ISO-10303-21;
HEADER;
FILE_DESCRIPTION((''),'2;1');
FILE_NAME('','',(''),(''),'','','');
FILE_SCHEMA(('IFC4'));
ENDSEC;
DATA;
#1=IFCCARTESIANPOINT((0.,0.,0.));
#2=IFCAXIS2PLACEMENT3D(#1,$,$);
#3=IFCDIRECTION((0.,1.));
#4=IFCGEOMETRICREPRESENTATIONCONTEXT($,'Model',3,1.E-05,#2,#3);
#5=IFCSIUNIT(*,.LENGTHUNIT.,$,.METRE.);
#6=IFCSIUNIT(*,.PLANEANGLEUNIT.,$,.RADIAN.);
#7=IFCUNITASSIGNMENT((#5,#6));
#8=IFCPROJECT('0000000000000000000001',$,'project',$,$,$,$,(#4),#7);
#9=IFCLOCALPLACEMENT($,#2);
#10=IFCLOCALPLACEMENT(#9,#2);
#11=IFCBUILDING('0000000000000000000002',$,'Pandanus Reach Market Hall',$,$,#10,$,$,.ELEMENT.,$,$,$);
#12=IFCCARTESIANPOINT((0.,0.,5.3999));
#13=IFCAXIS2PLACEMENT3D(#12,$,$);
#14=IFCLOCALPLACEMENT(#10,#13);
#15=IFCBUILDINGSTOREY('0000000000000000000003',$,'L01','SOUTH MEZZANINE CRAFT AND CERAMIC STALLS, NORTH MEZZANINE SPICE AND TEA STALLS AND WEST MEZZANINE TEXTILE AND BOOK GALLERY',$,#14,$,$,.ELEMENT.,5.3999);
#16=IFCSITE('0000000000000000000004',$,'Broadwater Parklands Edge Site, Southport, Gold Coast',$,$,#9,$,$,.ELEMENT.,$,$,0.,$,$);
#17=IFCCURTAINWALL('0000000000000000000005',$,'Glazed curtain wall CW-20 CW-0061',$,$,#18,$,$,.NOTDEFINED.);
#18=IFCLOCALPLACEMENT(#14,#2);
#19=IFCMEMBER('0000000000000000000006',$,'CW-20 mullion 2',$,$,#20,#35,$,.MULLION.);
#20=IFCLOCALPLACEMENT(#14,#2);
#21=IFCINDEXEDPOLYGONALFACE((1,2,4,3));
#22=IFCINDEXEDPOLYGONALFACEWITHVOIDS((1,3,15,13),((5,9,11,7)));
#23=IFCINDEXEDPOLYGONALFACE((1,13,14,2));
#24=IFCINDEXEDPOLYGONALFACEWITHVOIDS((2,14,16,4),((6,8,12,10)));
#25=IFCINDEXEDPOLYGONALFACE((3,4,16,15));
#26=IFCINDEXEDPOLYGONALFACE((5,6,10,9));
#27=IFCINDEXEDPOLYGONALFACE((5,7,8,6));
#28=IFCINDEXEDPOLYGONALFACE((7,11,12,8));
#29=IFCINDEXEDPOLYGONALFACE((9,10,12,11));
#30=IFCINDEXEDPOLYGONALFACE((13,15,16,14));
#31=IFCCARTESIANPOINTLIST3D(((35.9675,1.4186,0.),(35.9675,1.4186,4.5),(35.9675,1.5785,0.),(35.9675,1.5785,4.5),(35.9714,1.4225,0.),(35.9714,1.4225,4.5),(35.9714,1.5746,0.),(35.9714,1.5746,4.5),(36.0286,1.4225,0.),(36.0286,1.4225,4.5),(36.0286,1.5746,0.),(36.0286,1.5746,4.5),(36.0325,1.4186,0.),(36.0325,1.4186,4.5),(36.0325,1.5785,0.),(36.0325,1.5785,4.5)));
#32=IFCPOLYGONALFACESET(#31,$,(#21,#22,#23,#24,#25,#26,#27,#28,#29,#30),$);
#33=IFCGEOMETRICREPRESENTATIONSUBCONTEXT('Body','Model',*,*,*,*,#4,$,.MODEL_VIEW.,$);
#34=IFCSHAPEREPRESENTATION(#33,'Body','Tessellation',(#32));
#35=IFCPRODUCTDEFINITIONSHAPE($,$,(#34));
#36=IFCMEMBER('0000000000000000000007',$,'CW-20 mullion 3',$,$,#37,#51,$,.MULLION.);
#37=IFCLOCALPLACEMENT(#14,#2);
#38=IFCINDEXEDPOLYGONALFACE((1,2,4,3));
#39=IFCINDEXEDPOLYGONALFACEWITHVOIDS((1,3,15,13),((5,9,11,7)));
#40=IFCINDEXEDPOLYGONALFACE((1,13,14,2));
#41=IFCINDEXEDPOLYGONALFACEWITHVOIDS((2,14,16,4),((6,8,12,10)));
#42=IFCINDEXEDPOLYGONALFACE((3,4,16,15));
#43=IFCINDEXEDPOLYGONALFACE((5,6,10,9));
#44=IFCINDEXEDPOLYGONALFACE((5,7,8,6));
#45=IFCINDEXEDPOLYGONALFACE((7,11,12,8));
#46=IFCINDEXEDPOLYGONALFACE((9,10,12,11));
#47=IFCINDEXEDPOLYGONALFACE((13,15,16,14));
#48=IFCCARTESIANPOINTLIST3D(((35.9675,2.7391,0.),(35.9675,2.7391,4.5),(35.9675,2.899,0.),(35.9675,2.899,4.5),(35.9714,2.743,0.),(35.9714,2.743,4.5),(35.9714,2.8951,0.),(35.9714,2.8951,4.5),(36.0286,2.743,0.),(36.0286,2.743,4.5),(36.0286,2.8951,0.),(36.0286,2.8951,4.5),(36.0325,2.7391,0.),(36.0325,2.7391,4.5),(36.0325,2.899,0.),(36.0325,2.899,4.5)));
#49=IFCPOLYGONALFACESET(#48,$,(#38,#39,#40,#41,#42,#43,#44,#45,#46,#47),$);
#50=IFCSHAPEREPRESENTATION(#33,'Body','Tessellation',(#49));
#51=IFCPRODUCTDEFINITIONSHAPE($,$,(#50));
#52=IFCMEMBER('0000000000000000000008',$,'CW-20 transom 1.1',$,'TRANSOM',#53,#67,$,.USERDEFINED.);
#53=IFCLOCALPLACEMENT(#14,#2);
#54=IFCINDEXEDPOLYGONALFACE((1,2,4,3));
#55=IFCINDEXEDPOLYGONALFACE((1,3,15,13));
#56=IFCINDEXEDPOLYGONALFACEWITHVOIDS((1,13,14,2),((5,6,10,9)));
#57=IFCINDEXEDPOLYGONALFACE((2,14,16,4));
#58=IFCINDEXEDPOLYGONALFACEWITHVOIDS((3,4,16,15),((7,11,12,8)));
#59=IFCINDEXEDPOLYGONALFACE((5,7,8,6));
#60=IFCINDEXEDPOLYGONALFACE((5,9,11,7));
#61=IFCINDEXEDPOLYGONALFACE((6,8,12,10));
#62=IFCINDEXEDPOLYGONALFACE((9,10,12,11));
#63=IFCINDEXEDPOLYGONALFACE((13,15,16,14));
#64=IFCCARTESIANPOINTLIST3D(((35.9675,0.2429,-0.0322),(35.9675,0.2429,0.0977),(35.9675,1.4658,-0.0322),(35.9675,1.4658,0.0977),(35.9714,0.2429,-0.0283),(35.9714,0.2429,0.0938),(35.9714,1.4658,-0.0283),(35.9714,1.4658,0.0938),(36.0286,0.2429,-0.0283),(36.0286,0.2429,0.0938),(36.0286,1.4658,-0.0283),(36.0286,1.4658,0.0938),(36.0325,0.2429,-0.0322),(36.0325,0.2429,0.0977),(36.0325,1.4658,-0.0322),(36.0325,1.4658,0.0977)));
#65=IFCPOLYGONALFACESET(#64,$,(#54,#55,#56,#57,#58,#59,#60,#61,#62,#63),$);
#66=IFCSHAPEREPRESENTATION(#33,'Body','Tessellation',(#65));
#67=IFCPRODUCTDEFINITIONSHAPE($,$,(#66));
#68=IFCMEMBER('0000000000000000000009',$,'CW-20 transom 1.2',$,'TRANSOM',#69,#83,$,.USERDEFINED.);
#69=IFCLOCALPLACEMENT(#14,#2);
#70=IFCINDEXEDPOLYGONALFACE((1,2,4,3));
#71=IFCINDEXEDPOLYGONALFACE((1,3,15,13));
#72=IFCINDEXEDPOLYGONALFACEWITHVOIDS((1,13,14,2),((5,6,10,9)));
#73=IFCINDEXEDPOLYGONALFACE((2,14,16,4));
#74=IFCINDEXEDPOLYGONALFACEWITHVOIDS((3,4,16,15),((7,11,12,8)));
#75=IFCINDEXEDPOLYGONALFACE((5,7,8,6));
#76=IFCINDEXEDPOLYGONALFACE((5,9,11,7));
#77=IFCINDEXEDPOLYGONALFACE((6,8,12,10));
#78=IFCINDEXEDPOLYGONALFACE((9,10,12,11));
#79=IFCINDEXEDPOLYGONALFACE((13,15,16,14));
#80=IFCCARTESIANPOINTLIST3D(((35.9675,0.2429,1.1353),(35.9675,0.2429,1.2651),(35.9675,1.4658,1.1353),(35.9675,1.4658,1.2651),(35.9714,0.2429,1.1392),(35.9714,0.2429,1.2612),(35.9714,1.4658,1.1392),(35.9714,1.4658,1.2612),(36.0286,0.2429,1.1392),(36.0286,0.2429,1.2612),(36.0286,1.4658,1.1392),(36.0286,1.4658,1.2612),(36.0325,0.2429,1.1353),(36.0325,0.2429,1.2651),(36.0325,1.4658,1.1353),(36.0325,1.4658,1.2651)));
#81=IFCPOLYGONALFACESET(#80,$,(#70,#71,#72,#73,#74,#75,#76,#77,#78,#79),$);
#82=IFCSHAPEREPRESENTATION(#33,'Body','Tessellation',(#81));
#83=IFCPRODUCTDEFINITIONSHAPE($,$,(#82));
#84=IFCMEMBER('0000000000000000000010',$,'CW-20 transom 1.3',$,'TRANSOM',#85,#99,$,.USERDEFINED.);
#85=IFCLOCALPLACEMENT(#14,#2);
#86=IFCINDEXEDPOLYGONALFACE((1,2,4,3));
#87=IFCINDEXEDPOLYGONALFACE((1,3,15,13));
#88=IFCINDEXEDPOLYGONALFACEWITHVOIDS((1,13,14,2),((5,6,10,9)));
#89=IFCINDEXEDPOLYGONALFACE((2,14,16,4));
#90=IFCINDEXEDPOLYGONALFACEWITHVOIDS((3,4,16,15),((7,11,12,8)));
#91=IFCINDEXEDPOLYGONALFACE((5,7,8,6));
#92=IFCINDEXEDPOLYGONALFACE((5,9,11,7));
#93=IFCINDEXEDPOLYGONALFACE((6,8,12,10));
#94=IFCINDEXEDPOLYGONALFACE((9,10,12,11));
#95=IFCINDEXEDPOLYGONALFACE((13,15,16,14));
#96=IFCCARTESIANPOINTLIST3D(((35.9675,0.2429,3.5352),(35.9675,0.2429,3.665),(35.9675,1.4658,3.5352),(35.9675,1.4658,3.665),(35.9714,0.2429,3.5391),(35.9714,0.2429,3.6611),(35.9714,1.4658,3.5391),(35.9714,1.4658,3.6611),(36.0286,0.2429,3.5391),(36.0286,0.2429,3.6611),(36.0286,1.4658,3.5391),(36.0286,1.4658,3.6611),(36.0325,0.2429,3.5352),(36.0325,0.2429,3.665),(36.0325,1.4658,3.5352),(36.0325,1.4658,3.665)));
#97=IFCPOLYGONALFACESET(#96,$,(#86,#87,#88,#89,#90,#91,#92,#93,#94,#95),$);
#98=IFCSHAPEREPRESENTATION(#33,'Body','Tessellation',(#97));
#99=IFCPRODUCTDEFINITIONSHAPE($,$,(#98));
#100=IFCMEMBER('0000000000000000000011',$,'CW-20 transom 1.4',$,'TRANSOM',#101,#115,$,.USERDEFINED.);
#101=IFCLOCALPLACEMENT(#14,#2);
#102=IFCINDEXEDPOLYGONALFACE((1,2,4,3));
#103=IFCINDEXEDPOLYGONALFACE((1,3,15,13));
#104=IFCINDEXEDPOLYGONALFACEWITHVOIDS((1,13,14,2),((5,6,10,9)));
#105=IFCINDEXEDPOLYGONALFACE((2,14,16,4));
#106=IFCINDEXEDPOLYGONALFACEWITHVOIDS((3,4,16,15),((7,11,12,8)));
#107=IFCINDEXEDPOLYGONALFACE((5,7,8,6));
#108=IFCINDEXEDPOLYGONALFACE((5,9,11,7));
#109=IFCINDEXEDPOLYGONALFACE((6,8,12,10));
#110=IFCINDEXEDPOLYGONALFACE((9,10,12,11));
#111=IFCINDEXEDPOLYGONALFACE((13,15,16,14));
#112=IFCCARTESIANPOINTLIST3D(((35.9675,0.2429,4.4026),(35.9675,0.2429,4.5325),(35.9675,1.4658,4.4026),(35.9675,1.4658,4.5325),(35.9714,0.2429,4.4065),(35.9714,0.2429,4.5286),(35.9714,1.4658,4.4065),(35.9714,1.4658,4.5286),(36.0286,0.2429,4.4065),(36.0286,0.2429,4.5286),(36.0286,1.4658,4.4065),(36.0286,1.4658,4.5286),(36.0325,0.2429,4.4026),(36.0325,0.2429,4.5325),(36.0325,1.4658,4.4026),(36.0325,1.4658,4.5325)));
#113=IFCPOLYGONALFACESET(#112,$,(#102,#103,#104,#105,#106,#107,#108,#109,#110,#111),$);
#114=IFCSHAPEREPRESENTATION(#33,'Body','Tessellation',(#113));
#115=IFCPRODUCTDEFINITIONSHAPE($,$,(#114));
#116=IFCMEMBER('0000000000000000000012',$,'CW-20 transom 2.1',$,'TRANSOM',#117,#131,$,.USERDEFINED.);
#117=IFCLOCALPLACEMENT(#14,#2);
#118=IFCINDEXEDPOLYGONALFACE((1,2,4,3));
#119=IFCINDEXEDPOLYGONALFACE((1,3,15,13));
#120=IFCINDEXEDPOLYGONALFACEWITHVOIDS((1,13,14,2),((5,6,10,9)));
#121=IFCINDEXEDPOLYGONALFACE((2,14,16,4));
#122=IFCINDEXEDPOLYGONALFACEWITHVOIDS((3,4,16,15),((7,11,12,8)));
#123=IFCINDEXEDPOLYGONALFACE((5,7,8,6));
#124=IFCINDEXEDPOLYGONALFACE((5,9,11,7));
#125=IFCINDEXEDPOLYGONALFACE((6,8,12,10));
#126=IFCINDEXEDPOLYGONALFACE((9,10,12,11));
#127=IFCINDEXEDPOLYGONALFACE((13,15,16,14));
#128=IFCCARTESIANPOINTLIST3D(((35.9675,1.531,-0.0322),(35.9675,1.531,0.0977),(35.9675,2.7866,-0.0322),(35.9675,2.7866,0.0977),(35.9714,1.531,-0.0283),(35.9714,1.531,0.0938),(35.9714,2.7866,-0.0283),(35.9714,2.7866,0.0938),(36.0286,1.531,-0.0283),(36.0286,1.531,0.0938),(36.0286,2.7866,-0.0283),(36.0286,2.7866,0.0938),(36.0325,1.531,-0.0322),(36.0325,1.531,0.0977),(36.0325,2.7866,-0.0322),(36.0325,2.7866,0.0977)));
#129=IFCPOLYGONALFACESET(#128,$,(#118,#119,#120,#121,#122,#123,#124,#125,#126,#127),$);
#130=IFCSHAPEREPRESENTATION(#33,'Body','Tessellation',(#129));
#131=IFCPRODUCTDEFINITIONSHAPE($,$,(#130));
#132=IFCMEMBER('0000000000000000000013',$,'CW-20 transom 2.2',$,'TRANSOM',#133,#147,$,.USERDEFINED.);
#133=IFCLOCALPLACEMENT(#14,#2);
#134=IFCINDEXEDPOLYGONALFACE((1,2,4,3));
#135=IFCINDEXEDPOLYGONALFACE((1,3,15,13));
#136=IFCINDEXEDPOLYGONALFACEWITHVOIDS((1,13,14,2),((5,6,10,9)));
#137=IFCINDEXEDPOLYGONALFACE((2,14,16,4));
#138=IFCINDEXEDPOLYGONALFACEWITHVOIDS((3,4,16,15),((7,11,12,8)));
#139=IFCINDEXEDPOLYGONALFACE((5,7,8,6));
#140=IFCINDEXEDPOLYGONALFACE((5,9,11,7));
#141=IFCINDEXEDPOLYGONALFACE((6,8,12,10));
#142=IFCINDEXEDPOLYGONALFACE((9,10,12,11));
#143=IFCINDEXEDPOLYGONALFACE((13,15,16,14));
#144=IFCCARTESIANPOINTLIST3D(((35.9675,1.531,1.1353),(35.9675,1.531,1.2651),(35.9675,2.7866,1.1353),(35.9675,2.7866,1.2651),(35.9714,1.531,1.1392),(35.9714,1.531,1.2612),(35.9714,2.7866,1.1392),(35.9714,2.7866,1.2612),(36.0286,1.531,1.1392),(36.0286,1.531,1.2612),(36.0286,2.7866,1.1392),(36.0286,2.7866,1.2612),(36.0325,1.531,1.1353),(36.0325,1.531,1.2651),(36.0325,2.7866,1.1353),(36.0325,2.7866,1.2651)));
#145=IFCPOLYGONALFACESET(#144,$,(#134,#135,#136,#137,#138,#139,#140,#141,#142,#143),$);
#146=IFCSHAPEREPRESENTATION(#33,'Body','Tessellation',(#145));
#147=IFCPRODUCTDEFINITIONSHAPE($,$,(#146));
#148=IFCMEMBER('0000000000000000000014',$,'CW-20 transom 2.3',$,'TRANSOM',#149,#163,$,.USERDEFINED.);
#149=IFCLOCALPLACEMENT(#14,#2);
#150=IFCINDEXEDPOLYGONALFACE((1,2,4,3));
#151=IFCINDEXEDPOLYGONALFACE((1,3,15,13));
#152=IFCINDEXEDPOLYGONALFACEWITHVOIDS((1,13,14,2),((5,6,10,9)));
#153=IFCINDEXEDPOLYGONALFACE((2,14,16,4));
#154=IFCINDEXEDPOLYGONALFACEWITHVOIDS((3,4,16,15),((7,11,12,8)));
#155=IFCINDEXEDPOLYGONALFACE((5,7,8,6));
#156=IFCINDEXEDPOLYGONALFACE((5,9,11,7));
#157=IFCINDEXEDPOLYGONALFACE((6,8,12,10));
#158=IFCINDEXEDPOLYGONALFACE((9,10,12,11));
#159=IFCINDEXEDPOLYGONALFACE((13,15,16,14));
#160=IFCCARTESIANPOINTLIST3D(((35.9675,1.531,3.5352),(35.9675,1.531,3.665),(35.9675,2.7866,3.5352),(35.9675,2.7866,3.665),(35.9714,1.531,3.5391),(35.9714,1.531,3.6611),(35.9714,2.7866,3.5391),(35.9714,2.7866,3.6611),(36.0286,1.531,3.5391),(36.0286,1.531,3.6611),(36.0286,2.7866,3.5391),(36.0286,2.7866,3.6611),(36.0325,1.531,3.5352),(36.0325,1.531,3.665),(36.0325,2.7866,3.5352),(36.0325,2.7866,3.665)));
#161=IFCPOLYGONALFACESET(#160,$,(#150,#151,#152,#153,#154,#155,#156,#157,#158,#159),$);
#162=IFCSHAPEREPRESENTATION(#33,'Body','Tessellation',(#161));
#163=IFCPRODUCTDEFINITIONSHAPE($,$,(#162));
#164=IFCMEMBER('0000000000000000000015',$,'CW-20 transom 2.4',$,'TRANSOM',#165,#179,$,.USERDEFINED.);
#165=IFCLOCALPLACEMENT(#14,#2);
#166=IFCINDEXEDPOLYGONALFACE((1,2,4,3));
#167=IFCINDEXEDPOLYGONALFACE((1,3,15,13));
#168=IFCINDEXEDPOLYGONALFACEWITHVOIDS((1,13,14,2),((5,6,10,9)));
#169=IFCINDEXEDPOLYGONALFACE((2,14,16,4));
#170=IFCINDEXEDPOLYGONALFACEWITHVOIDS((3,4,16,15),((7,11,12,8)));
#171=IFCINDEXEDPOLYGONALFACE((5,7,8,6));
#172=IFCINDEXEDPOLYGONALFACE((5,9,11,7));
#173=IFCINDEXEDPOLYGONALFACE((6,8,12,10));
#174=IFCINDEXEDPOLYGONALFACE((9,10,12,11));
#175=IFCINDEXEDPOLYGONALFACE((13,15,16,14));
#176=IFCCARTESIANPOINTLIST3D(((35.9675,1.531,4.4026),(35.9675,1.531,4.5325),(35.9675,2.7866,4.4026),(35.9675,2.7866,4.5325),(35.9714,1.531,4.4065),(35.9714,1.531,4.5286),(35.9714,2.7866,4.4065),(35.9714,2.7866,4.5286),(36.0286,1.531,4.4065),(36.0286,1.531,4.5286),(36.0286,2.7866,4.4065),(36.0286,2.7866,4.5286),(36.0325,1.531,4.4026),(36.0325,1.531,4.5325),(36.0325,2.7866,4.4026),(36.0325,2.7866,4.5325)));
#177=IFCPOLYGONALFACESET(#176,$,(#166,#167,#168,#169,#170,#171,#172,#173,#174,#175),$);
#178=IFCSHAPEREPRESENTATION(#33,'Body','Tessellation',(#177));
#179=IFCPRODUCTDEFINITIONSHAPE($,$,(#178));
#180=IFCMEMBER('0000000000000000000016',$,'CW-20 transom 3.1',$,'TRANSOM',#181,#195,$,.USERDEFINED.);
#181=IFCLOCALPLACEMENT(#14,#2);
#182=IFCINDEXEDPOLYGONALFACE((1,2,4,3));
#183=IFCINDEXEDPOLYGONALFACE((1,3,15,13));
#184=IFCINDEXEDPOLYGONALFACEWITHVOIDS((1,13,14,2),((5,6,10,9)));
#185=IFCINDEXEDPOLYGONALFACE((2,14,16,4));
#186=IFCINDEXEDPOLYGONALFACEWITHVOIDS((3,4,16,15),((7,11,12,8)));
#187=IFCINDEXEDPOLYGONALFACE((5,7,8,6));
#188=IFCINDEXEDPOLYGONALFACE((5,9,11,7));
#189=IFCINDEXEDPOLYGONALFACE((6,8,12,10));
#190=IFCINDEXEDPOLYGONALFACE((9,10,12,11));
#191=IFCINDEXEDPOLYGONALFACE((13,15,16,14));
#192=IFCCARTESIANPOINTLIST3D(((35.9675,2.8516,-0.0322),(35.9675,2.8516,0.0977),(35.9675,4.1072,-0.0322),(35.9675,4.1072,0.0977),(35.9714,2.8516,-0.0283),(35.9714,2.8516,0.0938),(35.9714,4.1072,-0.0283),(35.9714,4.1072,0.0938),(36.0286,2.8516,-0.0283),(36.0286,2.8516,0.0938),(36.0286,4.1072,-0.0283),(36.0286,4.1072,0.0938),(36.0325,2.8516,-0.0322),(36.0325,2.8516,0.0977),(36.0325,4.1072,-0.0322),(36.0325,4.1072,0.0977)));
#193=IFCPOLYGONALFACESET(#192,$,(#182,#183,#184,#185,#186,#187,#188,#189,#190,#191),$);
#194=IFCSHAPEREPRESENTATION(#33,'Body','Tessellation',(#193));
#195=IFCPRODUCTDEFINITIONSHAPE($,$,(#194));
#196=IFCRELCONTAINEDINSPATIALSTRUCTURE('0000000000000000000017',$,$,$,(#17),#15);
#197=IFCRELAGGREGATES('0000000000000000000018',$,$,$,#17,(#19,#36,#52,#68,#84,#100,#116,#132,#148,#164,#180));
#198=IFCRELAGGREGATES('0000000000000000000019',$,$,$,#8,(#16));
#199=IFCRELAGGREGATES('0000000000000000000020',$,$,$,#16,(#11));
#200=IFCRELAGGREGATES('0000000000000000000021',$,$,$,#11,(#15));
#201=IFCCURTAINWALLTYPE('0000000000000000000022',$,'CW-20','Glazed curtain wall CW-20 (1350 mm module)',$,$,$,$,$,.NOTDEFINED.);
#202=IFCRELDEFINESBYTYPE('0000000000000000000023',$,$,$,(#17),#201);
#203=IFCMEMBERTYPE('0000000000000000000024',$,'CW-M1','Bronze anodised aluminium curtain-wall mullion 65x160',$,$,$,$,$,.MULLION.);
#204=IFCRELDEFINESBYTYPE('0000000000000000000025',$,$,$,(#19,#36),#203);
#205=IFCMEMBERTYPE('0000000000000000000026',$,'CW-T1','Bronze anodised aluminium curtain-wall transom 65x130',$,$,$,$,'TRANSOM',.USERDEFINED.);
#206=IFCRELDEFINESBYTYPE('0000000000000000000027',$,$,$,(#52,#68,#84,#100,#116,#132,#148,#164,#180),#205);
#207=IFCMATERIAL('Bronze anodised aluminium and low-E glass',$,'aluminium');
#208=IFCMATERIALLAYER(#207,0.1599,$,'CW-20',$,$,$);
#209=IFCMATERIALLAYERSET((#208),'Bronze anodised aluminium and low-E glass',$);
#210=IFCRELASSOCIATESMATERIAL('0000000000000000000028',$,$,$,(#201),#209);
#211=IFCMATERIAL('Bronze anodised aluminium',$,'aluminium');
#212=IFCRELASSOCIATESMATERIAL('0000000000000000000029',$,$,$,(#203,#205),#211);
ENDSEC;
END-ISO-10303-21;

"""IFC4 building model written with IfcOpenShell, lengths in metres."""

from ifc_helpers import new_model, si_unit, direction, frame, origin, origin_2d, place, context, subcontext, project, spatial, hollow_rectangle, extrude, material, layer, layer_set, material_profile, profile_set, type_object, element, aggregate, save


model = new_model("IFC4")

# Units and contexts
model_context = context("Model", 3, precision=1e-05, world=origin(), true_north=direction((0.0, 1.0)))
body_context = subcontext(model_context, "Body", "Model", "MODEL_VIEW")
ifc_project = project(units=[si_unit("LENGTHUNIT", "METRE"), si_unit("PLANEANGLEUNIT", "RADIAN")], contexts=[model_context])

# Site, building, storey
site_placement = place(None, origin())
site = spatial("IfcSite", under=ifc_project, at=site_placement, Name="Broadwater Parklands Edge Site, Southport, Gold Coast", CompositionType="ELEMENT", RefElevation=0.0)
building_placement = place(site_placement, origin())
building = spatial("IfcBuilding", under=site, at=building_placement, Name="Pandanus Reach Market Hall", CompositionType="ELEMENT")
storey_placement = place(building_placement, frame((0.0, 0.0, 5.3999)))
storey = spatial("IfcBuildingStorey", under=building, at=storey_placement, Name="L01", Description="SOUTH MEZZANINE CRAFT AND CERAMIC STALLS, NORTH MEZZANINE SPICE AND TEA STALLS AND WEST MEZZANINE TEXTILE AND BOOK GALLERY", CompositionType="ELEMENT", Elevation=5.3999)

# Curtain wall, members
ifc_material_1 = material(Name="Bronze anodised aluminium and low-E glass", Category="aluminium")
ifc_layer_1 = layer(ifc_material_1, 0.1599, Name="CW-20")
ifc_layer_set_1 = layer_set([ifc_layer_1], Name="Bronze anodised aluminium and low-E glass")
curtain_wall_type = type_object("IfcCurtainWallType", Name="CW-20", Description="Glazed curtain wall CW-20 (1350 mm module)", PredefinedType="NOTDEFINED", material=ifc_layer_set_1)
curtain_wall_placement = place(storey_placement, origin())
curtain_wall = element("IfcCurtainWall", 1, at=curtain_wall_placement, inside=storey, type_object=curtain_wall_type, Name="Glazed curtain wall CW-20 CW-0061", PredefinedType="NOTDEFINED")
ifc_material_2 = material(Name="Bronze anodised aluminium", Category="aluminium")
ifc_material_profile_1 = material_profile(ifc_material_2, hollow_rectangle(XDim=0.0649, YDim=0.1599, WallThickness=0.0039, at=origin_2d()), Name="ALU65x160", Category="LoadBearing")
ifc_profile_set_1 = profile_set([ifc_material_profile_1], Name="Bronze anodised aluminium")
member_type_1 = type_object("IfcMemberType", Name="CW-M1", Description="Bronze anodised aluminium curtain-wall mullion 65x160", PredefinedType="MULLION", material=ifc_profile_set_1)
member_1_placement = place(storey_placement, frame((36.0, 1.4985, 0.0), z_axis=(0.0, 0.0, 1.0), x_axis=(-1.0, 0.0, 0.0)))
member_1 = element("IfcMember", 2, at=member_1_placement, type_object=member_type_1, Name="CW-20 mullion 2", PredefinedType="MULLION", context=body_context, shape_type="SweptSolid", body=[
    extrude(hollow_rectangle(XDim=0.0649, YDim=0.1599, WallThickness=0.0039, at=origin_2d()), origin(), (0.0, 0.0, 1.0), 4.5),
])
member_2_placement = place(storey_placement, frame((36.0, 2.8191, 0.0), z_axis=(0.0, 0.0, 1.0), x_axis=(-1.0, 0.0, 0.0)))
member_2 = element("IfcMember", 3, at=member_2_placement, type_object=member_type_1, Name="CW-20 mullion 3", PredefinedType="MULLION", context=body_context, shape_type="SweptSolid", body=[
    extrude(hollow_rectangle(XDim=0.0649, YDim=0.1599, WallThickness=0.0039, at=origin_2d()), origin(), (0.0, 0.0, 1.0), 4.5),
])
ifc_material_profile_2 = material_profile(ifc_material_2, hollow_rectangle(XDim=0.0649, YDim=0.1299, WallThickness=0.0039, at=origin_2d()), Name="ALU65x130", Category="LoadBearing")
ifc_profile_set_2 = profile_set([ifc_material_profile_2], Name="Bronze anodised aluminium")
member_type_2 = type_object("IfcMemberType", Name="CW-T1", Description="Bronze anodised aluminium curtain-wall transom 65x130", ElementType="TRANSOM", PredefinedType="USERDEFINED", material=ifc_profile_set_2)
member_3_placement = place(storey_placement, frame((36.0, 0.2429, 0.0327), z_axis=(0.0, 1.0, 0.0), x_axis=(-1.0, 0.0, 0.0)))
member_3 = element("IfcMember", 4, at=member_3_placement, type_object=member_type_2, Name="CW-20 transom 1.1", ObjectType="TRANSOM", PredefinedType="USERDEFINED", context=body_context, shape_type="SweptSolid", body=[
    extrude(hollow_rectangle(XDim=0.0649, YDim=0.1299, WallThickness=0.0039, at=origin_2d()), origin(), (0.0, 0.0, 1.0), 1.2229),
])
member_4_placement = place(storey_placement, frame((36.0, 0.2429, 1.2002), z_axis=(0.0, 1.0, 0.0), x_axis=(-1.0, 0.0, 0.0)))
member_4 = element("IfcMember", 5, at=member_4_placement, type_object=member_type_2, Name="CW-20 transom 1.2", ObjectType="TRANSOM", PredefinedType="USERDEFINED", context=body_context, shape_type="SweptSolid", body=[
    extrude(hollow_rectangle(XDim=0.0649, YDim=0.1299, WallThickness=0.0039, at=origin_2d()), origin(), (0.0, 0.0, 1.0), 1.2229),
])
member_5_placement = place(storey_placement, frame((36.0, 0.2429, 3.6001), z_axis=(0.0, 1.0, 0.0), x_axis=(-1.0, 0.0, 0.0)))
member_5 = element("IfcMember", 6, at=member_5_placement, type_object=member_type_2, Name="CW-20 transom 1.3", ObjectType="TRANSOM", PredefinedType="USERDEFINED", context=body_context, shape_type="SweptSolid", body=[
    extrude(hollow_rectangle(XDim=0.0649, YDim=0.1299, WallThickness=0.0039, at=origin_2d()), origin(), (0.0, 0.0, 1.0), 1.2229),
])
member_6_placement = place(storey_placement, frame((36.0, 0.2429, 4.4675), z_axis=(0.0, 1.0, 0.0), x_axis=(-1.0, 0.0, 0.0)))
member_6 = element("IfcMember", 7, at=member_6_placement, type_object=member_type_2, Name="CW-20 transom 1.4", ObjectType="TRANSOM", PredefinedType="USERDEFINED", context=body_context, shape_type="SweptSolid", body=[
    extrude(hollow_rectangle(XDim=0.0649, YDim=0.1299, WallThickness=0.0039, at=origin_2d()), origin(), (0.0, 0.0, 1.0), 1.2229),
])
member_7_placement = place(storey_placement, frame((36.0, 1.531, 0.0327), z_axis=(0.0, 1.0, 0.0), x_axis=(-1.0, 0.0, 0.0)))
member_7 = element("IfcMember", 8, at=member_7_placement, type_object=member_type_2, Name="CW-20 transom 2.1", ObjectType="TRANSOM", PredefinedType="USERDEFINED", context=body_context, shape_type="SweptSolid", body=[
    extrude(hollow_rectangle(XDim=0.0649, YDim=0.1299, WallThickness=0.0039, at=origin_2d()), origin(), (0.0, 0.0, 1.0), 1.2556),
])
member_8_placement = place(storey_placement, frame((36.0, 1.531, 1.2002), z_axis=(0.0, 1.0, 0.0), x_axis=(-1.0, 0.0, 0.0)))
member_8 = element("IfcMember", 9, at=member_8_placement, type_object=member_type_2, Name="CW-20 transom 2.2", ObjectType="TRANSOM", PredefinedType="USERDEFINED", context=body_context, shape_type="SweptSolid", body=[
    extrude(hollow_rectangle(XDim=0.0649, YDim=0.1299, WallThickness=0.0039, at=origin_2d()), origin(), (0.0, 0.0, 1.0), 1.2556),
])
member_9_placement = place(storey_placement, frame((36.0, 1.531, 3.6001), z_axis=(0.0, 1.0, 0.0), x_axis=(-1.0, 0.0, 0.0)))
member_9 = element("IfcMember", 10, at=member_9_placement, type_object=member_type_2, Name="CW-20 transom 2.3", ObjectType="TRANSOM", PredefinedType="USERDEFINED", context=body_context, shape_type="SweptSolid", body=[
    extrude(hollow_rectangle(XDim=0.0649, YDim=0.1299, WallThickness=0.0039, at=origin_2d()), origin(), (0.0, 0.0, 1.0), 1.2556),
])
member_10_placement = place(storey_placement, frame((36.0, 1.531, 4.4675), z_axis=(0.0, 1.0, 0.0), x_axis=(-1.0, 0.0, 0.0)))
member_10 = element("IfcMember", 11, at=member_10_placement, type_object=member_type_2, Name="CW-20 transom 2.4", ObjectType="TRANSOM", PredefinedType="USERDEFINED", context=body_context, shape_type="SweptSolid", body=[
    extrude(hollow_rectangle(XDim=0.0649, YDim=0.1299, WallThickness=0.0039, at=origin_2d()), origin(), (0.0, 0.0, 1.0), 1.2556),
])
member_11_placement = place(storey_placement, frame((36.0, 2.8516, 0.0327), z_axis=(0.0, 1.0, 0.0), x_axis=(-1.0, 0.0, 0.0)))
member_11 = element("IfcMember", 12, at=member_11_placement, type_object=member_type_2, Name="CW-20 transom 3.1", ObjectType="TRANSOM", PredefinedType="USERDEFINED", context=body_context, shape_type="SweptSolid", body=[
    extrude(hollow_rectangle(XDim=0.0649, YDim=0.1299, WallThickness=0.0039, at=origin_2d()), origin(), (0.0, 0.0, 1.0), 1.2556),
])
aggregate(curtain_wall, [member_1, member_2, member_3, member_4, member_5, member_6, member_7, member_8, member_9, member_10, member_11])

save(model, "model.ifc")
